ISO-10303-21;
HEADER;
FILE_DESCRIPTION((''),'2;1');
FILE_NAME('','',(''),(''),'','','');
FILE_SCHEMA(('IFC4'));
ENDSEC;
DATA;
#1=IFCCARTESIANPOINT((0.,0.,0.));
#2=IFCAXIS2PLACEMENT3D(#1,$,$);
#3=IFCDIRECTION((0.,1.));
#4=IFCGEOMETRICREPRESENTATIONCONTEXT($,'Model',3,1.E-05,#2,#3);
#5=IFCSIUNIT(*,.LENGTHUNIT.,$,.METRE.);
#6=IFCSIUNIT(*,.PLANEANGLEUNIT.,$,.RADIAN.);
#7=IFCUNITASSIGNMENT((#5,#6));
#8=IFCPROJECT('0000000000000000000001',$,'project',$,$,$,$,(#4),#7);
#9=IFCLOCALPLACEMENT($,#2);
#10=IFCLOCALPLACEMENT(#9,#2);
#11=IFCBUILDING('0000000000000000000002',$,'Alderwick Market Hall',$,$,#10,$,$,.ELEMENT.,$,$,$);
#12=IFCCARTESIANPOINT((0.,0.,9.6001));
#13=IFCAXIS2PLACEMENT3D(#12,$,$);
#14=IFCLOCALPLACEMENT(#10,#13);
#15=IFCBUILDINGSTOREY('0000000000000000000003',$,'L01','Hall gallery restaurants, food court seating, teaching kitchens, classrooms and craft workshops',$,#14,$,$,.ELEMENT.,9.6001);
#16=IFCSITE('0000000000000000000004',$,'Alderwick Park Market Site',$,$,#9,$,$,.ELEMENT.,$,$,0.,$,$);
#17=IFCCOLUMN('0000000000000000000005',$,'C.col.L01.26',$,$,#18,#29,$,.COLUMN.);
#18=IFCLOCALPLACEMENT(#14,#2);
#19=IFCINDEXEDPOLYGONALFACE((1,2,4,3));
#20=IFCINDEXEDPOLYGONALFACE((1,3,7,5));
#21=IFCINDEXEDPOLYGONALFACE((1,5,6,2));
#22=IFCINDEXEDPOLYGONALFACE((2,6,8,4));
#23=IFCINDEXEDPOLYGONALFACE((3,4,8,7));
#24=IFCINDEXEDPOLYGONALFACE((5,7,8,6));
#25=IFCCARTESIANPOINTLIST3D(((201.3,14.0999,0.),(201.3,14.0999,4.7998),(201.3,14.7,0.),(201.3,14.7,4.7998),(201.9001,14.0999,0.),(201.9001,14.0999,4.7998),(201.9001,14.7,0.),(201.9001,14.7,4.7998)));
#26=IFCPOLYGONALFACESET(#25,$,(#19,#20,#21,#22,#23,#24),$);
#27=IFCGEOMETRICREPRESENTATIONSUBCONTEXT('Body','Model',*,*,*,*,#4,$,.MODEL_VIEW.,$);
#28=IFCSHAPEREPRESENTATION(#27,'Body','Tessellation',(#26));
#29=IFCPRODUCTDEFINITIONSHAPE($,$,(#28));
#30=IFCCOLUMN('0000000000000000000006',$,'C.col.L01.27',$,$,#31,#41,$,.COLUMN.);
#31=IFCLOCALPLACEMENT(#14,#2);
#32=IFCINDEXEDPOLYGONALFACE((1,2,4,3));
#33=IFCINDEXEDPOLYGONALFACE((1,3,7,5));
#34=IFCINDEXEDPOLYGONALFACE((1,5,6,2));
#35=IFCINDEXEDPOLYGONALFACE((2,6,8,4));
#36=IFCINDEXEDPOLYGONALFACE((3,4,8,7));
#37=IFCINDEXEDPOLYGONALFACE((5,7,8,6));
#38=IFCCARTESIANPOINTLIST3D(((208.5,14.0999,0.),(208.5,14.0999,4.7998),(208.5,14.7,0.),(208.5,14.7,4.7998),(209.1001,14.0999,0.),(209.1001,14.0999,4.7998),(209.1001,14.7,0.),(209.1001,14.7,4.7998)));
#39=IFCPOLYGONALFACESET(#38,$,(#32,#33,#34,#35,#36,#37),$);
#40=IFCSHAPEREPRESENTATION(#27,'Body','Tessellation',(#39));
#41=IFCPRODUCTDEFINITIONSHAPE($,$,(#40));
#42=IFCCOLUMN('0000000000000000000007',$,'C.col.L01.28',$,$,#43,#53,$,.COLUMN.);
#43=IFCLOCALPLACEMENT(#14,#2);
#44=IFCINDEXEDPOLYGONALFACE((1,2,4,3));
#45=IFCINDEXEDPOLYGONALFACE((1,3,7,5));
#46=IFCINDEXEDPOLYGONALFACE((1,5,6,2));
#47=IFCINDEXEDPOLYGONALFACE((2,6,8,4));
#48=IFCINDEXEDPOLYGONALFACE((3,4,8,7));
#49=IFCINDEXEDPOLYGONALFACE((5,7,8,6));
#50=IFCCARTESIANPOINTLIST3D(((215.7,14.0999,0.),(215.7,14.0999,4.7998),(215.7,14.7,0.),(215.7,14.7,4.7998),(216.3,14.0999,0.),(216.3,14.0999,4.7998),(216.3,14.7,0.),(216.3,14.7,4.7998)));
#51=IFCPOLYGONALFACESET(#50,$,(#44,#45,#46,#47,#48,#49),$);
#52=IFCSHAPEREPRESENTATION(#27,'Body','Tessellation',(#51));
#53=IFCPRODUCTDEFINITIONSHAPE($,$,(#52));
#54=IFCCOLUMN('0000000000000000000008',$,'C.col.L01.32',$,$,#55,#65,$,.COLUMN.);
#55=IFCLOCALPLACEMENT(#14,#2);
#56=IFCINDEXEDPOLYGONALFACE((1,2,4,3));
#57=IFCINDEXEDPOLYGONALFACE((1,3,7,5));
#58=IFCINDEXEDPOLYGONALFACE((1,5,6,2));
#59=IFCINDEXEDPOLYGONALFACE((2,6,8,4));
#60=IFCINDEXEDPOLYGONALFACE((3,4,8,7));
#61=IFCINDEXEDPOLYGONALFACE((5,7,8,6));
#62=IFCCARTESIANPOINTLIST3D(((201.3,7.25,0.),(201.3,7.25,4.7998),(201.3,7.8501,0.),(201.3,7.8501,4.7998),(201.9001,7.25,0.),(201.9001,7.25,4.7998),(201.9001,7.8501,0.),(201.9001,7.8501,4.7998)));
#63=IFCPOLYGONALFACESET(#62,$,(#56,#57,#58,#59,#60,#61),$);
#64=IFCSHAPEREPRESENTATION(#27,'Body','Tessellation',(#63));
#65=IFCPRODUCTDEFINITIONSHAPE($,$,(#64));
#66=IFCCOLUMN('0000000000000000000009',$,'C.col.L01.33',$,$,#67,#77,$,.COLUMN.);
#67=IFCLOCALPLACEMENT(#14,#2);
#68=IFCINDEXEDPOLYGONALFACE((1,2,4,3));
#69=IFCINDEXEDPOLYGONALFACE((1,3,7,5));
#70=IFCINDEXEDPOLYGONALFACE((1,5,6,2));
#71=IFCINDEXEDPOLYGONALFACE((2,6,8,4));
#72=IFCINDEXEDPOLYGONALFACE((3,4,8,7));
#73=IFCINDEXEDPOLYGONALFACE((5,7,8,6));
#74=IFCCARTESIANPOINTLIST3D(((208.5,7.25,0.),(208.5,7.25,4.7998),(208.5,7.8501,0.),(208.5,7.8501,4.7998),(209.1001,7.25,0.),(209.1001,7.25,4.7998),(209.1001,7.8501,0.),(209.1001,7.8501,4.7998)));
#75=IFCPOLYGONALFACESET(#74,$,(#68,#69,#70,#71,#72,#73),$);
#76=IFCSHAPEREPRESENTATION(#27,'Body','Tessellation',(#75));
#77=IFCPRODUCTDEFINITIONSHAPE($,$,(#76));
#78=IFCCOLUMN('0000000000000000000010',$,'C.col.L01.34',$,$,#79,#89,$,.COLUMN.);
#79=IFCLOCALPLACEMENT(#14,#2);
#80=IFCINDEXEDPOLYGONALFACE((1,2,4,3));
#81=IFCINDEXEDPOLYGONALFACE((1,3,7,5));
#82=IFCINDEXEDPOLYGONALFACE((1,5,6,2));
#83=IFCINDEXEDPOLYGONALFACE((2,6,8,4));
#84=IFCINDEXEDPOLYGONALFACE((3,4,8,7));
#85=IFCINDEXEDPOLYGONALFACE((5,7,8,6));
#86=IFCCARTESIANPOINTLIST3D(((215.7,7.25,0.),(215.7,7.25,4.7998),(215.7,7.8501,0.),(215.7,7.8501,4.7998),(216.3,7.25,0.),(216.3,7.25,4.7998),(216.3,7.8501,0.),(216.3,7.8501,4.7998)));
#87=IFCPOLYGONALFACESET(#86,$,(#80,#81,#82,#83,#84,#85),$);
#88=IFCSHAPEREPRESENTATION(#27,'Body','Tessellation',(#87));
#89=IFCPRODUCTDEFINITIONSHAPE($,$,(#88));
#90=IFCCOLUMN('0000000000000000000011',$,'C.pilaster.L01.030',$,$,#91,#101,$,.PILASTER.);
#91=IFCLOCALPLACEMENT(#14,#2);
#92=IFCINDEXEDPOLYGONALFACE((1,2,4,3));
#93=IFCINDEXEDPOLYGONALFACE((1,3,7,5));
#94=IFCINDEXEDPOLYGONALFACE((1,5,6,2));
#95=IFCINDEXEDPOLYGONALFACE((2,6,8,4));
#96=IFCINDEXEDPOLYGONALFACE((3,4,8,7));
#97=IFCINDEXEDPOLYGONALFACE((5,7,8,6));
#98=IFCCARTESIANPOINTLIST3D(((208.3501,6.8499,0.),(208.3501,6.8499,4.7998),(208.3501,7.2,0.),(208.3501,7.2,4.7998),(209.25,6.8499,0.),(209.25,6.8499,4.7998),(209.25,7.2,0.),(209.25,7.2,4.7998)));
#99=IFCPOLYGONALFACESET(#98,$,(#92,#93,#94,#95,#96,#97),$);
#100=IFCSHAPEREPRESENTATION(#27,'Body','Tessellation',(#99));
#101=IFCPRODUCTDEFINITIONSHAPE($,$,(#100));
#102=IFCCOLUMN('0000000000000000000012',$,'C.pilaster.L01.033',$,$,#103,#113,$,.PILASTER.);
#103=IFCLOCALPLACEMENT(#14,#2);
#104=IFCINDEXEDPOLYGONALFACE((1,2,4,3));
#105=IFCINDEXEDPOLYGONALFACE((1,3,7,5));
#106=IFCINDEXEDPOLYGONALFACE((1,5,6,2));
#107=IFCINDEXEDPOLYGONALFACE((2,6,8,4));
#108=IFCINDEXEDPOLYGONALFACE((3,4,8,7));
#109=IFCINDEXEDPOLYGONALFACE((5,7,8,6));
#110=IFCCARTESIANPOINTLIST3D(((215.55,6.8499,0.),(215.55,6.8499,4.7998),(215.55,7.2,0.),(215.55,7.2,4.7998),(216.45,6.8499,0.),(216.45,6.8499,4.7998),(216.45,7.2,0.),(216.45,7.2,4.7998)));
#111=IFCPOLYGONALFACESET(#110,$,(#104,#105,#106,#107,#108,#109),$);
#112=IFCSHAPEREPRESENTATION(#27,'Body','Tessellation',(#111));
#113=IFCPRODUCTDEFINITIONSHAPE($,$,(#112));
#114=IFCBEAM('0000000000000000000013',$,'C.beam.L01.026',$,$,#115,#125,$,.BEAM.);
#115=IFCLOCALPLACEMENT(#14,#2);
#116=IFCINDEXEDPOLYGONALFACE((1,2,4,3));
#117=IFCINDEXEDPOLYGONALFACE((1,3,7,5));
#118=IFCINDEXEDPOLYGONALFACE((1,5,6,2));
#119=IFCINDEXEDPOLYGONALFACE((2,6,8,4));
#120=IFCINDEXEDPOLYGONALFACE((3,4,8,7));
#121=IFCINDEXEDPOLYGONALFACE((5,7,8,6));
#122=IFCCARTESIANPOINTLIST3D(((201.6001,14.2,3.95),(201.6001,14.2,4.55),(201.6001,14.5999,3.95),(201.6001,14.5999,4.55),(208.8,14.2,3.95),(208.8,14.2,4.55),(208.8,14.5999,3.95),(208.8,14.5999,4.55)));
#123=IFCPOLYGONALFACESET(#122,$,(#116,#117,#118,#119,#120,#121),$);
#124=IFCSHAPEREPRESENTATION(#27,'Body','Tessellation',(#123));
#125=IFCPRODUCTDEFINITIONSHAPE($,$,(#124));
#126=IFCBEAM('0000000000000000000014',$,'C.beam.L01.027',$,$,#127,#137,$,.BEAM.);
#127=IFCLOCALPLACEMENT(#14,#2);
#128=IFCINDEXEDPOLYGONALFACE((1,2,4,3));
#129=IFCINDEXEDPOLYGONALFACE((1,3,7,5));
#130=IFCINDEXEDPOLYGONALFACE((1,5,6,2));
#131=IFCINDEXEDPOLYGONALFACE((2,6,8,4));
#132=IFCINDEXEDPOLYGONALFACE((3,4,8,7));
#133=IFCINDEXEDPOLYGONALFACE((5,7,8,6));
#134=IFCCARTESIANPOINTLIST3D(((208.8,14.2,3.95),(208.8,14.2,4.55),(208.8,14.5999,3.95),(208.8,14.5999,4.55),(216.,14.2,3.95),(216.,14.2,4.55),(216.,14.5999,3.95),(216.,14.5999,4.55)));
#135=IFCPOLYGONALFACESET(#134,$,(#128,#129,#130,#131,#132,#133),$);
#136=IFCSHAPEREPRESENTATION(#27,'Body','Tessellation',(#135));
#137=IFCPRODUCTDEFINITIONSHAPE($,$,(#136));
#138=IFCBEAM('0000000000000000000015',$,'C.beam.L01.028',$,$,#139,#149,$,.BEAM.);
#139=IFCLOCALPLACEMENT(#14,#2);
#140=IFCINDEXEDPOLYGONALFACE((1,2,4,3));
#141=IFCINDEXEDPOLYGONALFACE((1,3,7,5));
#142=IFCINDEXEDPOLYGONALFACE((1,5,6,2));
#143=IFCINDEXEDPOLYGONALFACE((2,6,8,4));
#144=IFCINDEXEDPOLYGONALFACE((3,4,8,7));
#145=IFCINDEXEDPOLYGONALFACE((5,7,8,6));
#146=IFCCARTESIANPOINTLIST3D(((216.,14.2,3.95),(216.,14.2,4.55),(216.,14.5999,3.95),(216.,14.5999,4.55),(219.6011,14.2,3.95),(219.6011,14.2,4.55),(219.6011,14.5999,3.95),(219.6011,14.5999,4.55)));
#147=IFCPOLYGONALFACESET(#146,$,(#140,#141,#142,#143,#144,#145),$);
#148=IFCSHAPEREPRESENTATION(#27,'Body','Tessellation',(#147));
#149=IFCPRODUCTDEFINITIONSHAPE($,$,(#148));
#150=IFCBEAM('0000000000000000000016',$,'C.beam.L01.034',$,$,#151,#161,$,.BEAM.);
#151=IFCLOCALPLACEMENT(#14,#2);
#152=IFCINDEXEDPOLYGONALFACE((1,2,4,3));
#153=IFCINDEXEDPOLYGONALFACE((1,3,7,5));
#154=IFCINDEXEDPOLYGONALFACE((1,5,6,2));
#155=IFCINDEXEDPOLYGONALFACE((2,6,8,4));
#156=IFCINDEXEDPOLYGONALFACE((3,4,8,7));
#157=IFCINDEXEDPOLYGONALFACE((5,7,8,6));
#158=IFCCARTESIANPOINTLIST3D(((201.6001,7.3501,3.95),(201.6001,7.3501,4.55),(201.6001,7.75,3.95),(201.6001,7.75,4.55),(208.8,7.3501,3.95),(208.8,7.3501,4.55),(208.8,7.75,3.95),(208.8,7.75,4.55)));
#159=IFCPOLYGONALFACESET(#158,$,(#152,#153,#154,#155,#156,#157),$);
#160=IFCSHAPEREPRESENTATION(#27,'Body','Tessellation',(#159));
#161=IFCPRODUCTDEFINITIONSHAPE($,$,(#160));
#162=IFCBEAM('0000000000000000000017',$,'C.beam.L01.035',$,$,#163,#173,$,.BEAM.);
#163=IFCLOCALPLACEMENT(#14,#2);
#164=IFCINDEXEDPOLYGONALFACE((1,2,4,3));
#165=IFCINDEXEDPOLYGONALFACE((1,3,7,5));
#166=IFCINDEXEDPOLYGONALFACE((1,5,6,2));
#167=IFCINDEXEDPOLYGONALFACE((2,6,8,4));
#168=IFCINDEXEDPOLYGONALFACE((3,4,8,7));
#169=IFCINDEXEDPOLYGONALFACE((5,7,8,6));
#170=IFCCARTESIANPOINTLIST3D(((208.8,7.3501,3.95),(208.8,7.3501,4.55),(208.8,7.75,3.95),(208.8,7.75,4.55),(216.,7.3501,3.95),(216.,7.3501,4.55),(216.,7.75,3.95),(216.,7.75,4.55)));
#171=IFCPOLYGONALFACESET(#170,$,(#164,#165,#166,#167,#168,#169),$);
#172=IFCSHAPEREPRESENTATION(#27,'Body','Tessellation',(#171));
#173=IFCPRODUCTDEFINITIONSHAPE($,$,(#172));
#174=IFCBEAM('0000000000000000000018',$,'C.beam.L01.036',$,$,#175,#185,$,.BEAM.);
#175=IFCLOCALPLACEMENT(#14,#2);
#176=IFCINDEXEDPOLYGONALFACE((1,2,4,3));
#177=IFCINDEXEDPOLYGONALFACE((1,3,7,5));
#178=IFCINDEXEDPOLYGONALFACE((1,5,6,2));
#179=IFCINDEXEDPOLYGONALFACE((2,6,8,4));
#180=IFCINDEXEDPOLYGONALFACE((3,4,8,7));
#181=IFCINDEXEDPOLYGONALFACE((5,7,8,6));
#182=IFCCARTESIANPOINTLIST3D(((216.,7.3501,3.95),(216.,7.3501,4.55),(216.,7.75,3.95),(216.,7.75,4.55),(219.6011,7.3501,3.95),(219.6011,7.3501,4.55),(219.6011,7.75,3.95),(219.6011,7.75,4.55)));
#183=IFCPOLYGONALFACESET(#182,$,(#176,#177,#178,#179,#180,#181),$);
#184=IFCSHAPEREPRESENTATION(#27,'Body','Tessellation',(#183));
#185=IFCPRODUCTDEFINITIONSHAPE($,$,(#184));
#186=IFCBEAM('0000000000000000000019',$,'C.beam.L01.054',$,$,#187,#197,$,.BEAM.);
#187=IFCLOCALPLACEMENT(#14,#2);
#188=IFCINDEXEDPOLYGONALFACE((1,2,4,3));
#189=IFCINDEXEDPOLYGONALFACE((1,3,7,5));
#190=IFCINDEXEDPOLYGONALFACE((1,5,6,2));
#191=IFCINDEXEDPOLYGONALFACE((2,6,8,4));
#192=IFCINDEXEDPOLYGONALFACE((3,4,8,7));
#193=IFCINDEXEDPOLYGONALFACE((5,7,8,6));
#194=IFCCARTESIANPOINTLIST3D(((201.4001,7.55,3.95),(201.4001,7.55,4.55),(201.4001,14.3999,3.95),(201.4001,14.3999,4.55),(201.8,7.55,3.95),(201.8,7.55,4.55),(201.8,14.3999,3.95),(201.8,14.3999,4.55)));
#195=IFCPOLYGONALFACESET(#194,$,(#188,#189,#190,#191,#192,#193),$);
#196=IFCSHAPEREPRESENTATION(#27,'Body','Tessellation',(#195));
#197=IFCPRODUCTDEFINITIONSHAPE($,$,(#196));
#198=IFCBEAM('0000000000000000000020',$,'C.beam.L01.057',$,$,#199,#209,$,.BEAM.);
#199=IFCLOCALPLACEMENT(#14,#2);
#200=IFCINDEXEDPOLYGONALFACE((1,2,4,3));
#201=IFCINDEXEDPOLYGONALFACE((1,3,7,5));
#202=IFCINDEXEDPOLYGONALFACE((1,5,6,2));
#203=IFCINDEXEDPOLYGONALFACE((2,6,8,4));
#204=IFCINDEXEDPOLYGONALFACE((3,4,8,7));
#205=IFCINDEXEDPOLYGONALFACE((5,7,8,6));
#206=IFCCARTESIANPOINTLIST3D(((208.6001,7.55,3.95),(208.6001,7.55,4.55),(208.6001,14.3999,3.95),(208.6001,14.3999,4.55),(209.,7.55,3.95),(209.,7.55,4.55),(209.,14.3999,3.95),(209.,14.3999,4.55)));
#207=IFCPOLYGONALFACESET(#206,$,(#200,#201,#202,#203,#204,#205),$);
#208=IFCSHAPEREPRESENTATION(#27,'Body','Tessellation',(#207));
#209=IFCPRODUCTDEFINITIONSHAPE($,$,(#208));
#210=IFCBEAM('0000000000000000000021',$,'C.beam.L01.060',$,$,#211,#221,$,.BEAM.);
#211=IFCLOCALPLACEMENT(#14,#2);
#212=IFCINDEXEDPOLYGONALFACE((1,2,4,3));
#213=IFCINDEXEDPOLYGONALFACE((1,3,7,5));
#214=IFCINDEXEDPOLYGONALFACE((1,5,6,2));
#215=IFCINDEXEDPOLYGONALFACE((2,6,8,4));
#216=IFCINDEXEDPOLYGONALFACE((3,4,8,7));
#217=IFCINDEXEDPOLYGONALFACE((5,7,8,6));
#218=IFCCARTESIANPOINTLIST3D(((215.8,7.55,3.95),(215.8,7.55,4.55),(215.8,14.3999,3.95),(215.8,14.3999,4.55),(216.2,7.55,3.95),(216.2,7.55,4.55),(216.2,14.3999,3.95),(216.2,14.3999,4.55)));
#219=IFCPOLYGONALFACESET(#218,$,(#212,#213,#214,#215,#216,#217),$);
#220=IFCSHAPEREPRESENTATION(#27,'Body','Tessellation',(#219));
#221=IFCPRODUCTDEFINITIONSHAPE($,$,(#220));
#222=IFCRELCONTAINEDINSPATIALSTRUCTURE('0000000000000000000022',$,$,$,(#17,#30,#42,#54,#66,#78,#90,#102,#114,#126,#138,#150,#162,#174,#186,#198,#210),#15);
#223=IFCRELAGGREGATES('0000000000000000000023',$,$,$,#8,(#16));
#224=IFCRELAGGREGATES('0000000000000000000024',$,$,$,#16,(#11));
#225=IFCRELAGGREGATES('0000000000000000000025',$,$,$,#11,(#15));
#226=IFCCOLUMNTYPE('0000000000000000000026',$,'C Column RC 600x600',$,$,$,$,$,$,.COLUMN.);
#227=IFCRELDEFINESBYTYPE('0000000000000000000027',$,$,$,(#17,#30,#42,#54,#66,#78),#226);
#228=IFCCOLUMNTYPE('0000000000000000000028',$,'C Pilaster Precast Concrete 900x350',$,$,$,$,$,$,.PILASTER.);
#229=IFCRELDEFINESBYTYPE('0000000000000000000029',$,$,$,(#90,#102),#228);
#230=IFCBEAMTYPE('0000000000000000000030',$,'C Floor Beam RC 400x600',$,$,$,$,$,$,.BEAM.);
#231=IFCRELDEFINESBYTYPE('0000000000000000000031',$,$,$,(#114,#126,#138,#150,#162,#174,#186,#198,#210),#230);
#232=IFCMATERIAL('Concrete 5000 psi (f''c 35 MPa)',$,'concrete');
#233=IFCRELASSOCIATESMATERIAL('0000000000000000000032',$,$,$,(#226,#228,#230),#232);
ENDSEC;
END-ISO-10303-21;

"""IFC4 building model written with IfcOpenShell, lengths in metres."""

from ifc_helpers import new_model, si_unit, direction, frame, origin, origin_2d, place, context, subcontext, project, spatial, rectangle, extrude, material, material_profile, profile_set, type_object, element, save


model = new_model("IFC4")

# Units and contexts
model_context = context("Model", 3, precision=1e-05, world=origin(), true_north=direction((0.0, 1.0)))
body_context = subcontext(model_context, "Body", "Model", "MODEL_VIEW")
ifc_project = project(units=[si_unit("LENGTHUNIT", "METRE"), si_unit("PLANEANGLEUNIT", "RADIAN")], contexts=[model_context])

# Site, building, storey
site_placement = place(None, origin())
site = spatial("IfcSite", under=ifc_project, at=site_placement, Name="Alderwick Park Market Site", CompositionType="ELEMENT", RefElevation=0.0)
building_placement = place(site_placement, origin())
building = spatial("IfcBuilding", under=site, at=building_placement, Name="Alderwick Market Hall", CompositionType="ELEMENT")
storey_placement = place(building_placement, frame((0.0, 0.0, 9.6001)))
storey = spatial("IfcBuildingStorey", under=building, at=storey_placement, Name="L01", Description="Hall gallery restaurants, food court seating, teaching kitchens, classrooms and craft workshops", CompositionType="ELEMENT", Elevation=9.6001)

# Columns
ifc_material_1 = material(Name="Concrete 5000 psi (f'c 35 MPa)", Category="concrete")
ifc_material_profile_1 = material_profile(ifc_material_1, rectangle(XDim=0.6001, YDim=0.6001, at=origin_2d()), Name="RC 600x600")
ifc_profile_set_1 = profile_set([ifc_material_profile_1], Name="Concrete 5000 psi (f'c 35 MPa)")
column_type_1 = type_object("IfcColumnType", Name="C Column RC 600x600", PredefinedType="COLUMN", material=ifc_profile_set_1)
for number, where, z_axis, x_axis, name in (
    (1, (201.6001, 14.3999, 0.0), (0.0, 0.0, 1.0), (1.0, 0.0, 0.0), "C.col.L01.26"),
    (2, (208.8, 14.3999, 0.0), (0.0, 0.0, 1.0), (1.0, 0.0, 0.0), "C.col.L01.27"),
    (3, (216.0, 14.3999, 0.0), (0.0, 0.0, 1.0), (1.0, 0.0, 0.0), "C.col.L01.28"),
    (4, (201.6001, 7.55, 0.0), (0.0, 0.0, 1.0), (1.0, 0.0, 0.0), "C.col.L01.32"),
    (5, (208.8, 7.55, 0.0), (0.0, 0.0, 1.0), (1.0, 0.0, 0.0), "C.col.L01.33"),
    (6, (216.0, 7.55, 0.0), (0.0, 0.0, 1.0), (1.0, 0.0, 0.0), "C.col.L01.34"),
):
    element("IfcColumn", number, at=place(storey_placement, frame(where, z_axis=z_axis, x_axis=x_axis)), inside=storey, type_object=column_type_1, Name=name, PredefinedType="COLUMN", context=body_context, shape_type="SweptSolid", body=[
        extrude(rectangle(XDim=0.6001, YDim=0.6001, at=origin_2d()), origin(), (0.0, 0.0, 1.0), 4.7998),
    ])
ifc_material_profile_2 = material_profile(ifc_material_1, rectangle(XDim=0.8999, YDim=0.3501, at=origin_2d()), Name="PC 900x350")
ifc_profile_set_2 = profile_set([ifc_material_profile_2], Name="Concrete 5000 psi (f'c 35 MPa)")
column_type_2 = type_object("IfcColumnType", Name="C Pilaster Precast Concrete 900x350", PredefinedType="PILASTER", material=ifc_profile_set_2)
for number, where, z_axis, x_axis, name in (
    (7, (208.8, 7.0249, 0.0), (0.0, 0.0, 1.0), (1.0, 0.0, 0.0), "C.pilaster.L01.030"),
    (8, (216.0, 7.0249, 0.0), (0.0, 0.0, 1.0), (1.0, 0.0, 0.0), "C.pilaster.L01.033"),
):
    element("IfcColumn", number, at=place(storey_placement, frame(where, z_axis=z_axis, x_axis=x_axis)), inside=storey, type_object=column_type_2, Name=name, PredefinedType="PILASTER", context=body_context, shape_type="SweptSolid", body=[
        extrude(rectangle(XDim=0.8999, YDim=0.3501, at=origin_2d()), origin(), (0.0, 0.0, 1.0), 4.7998),
    ])

# Beams
ifc_material_profile_3 = material_profile(ifc_material_1, rectangle(XDim=0.3999, YDim=0.6001, at=origin_2d()), Name="RC 400x600")
ifc_profile_set_3 = profile_set([ifc_material_profile_3], Name="Concrete 5000 psi (f'c 35 MPa)")
beam_type = type_object("IfcBeamType", Name="C Floor Beam RC 400x600", PredefinedType="BEAM", material=ifc_profile_set_3)
for number, where, z_axis, x_axis, name in (
    (9, (201.6001, 14.3999, 4.25), (1.0, 0.0, 0.0), (0.0, 1.0, 0.0), "C.beam.L01.026"),
    (10, (208.8, 14.3999, 4.25), (1.0, 0.0, 0.0), (0.0, 1.0, 0.0), "C.beam.L01.027"),
):
    element("IfcBeam", number, at=place(storey_placement, frame(where, z_axis=z_axis, x_axis=x_axis)), inside=storey, type_object=beam_type, Name=name, PredefinedType="BEAM", context=body_context, shape_type="SweptSolid", body=[
        extrude(rectangle(XDim=0.3999, YDim=0.6001, at=origin_2d()), origin(), (0.0, 0.0, 1.0), 7.2),
    ])
beam_1_placement = place(storey_placement, frame((216.0, 14.3999, 4.25), z_axis=(1.0, 0.0, 0.0), x_axis=(0.0, 1.0, 0.0)))
element("IfcBeam", 11, at=beam_1_placement, inside=storey, type_object=beam_type, Name="C.beam.L01.028", PredefinedType="BEAM", context=body_context, shape_type="SweptSolid", body=[
    extrude(rectangle(XDim=0.3999, YDim=0.6001, at=origin_2d()), origin(), (0.0, 0.0, 1.0), 3.6011),
])
for number, where, z_axis, x_axis, name in (
    (12, (201.6001, 7.55, 4.25), (1.0, 0.0, 0.0), (0.0, 1.0, 0.0), "C.beam.L01.034"),
    (13, (208.8, 7.55, 4.25), (1.0, 0.0, 0.0), (0.0, 1.0, 0.0), "C.beam.L01.035"),
):
    element("IfcBeam", number, at=place(storey_placement, frame(where, z_axis=z_axis, x_axis=x_axis)), inside=storey, type_object=beam_type, Name=name, PredefinedType="BEAM", context=body_context, shape_type="SweptSolid", body=[
        extrude(rectangle(XDim=0.3999, YDim=0.6001, at=origin_2d()), origin(), (0.0, 0.0, 1.0), 7.2),
    ])
beam_2_placement = place(storey_placement, frame((216.0, 7.55, 4.25), z_axis=(1.0, 0.0, 0.0), x_axis=(0.0, 1.0, 0.0)))
element("IfcBeam", 14, at=beam_2_placement, inside=storey, type_object=beam_type, Name="C.beam.L01.036", PredefinedType="BEAM", context=body_context, shape_type="SweptSolid", body=[
    extrude(rectangle(XDim=0.3999, YDim=0.6001, at=origin_2d()), origin(), (0.0, 0.0, 1.0), 3.6011),
])
for number, where, z_axis, x_axis, name in (
    (15, (201.6001, 14.3999, 4.25), (0.0, -1.0, 0.0), (1.0, 0.0, 0.0), "C.beam.L01.054"),
    (16, (208.8, 14.3999, 4.25), (0.0, -1.0, 0.0), (1.0, 0.0, 0.0), "C.beam.L01.057"),
    (17, (216.0, 14.3999, 4.25), (0.0, -1.0, 0.0), (1.0, 0.0, 0.0), "C.beam.L01.060"),
):
    element("IfcBeam", number, at=place(storey_placement, frame(where, z_axis=z_axis, x_axis=x_axis)), inside=storey, type_object=beam_type, Name=name, PredefinedType="BEAM", context=body_context, shape_type="SweptSolid", body=[
        extrude(rectangle(XDim=0.3999, YDim=0.6001, at=origin_2d()), origin(), (0.0, 0.0, 1.0), 6.8499),
    ])

save(model, "model.ifc")
